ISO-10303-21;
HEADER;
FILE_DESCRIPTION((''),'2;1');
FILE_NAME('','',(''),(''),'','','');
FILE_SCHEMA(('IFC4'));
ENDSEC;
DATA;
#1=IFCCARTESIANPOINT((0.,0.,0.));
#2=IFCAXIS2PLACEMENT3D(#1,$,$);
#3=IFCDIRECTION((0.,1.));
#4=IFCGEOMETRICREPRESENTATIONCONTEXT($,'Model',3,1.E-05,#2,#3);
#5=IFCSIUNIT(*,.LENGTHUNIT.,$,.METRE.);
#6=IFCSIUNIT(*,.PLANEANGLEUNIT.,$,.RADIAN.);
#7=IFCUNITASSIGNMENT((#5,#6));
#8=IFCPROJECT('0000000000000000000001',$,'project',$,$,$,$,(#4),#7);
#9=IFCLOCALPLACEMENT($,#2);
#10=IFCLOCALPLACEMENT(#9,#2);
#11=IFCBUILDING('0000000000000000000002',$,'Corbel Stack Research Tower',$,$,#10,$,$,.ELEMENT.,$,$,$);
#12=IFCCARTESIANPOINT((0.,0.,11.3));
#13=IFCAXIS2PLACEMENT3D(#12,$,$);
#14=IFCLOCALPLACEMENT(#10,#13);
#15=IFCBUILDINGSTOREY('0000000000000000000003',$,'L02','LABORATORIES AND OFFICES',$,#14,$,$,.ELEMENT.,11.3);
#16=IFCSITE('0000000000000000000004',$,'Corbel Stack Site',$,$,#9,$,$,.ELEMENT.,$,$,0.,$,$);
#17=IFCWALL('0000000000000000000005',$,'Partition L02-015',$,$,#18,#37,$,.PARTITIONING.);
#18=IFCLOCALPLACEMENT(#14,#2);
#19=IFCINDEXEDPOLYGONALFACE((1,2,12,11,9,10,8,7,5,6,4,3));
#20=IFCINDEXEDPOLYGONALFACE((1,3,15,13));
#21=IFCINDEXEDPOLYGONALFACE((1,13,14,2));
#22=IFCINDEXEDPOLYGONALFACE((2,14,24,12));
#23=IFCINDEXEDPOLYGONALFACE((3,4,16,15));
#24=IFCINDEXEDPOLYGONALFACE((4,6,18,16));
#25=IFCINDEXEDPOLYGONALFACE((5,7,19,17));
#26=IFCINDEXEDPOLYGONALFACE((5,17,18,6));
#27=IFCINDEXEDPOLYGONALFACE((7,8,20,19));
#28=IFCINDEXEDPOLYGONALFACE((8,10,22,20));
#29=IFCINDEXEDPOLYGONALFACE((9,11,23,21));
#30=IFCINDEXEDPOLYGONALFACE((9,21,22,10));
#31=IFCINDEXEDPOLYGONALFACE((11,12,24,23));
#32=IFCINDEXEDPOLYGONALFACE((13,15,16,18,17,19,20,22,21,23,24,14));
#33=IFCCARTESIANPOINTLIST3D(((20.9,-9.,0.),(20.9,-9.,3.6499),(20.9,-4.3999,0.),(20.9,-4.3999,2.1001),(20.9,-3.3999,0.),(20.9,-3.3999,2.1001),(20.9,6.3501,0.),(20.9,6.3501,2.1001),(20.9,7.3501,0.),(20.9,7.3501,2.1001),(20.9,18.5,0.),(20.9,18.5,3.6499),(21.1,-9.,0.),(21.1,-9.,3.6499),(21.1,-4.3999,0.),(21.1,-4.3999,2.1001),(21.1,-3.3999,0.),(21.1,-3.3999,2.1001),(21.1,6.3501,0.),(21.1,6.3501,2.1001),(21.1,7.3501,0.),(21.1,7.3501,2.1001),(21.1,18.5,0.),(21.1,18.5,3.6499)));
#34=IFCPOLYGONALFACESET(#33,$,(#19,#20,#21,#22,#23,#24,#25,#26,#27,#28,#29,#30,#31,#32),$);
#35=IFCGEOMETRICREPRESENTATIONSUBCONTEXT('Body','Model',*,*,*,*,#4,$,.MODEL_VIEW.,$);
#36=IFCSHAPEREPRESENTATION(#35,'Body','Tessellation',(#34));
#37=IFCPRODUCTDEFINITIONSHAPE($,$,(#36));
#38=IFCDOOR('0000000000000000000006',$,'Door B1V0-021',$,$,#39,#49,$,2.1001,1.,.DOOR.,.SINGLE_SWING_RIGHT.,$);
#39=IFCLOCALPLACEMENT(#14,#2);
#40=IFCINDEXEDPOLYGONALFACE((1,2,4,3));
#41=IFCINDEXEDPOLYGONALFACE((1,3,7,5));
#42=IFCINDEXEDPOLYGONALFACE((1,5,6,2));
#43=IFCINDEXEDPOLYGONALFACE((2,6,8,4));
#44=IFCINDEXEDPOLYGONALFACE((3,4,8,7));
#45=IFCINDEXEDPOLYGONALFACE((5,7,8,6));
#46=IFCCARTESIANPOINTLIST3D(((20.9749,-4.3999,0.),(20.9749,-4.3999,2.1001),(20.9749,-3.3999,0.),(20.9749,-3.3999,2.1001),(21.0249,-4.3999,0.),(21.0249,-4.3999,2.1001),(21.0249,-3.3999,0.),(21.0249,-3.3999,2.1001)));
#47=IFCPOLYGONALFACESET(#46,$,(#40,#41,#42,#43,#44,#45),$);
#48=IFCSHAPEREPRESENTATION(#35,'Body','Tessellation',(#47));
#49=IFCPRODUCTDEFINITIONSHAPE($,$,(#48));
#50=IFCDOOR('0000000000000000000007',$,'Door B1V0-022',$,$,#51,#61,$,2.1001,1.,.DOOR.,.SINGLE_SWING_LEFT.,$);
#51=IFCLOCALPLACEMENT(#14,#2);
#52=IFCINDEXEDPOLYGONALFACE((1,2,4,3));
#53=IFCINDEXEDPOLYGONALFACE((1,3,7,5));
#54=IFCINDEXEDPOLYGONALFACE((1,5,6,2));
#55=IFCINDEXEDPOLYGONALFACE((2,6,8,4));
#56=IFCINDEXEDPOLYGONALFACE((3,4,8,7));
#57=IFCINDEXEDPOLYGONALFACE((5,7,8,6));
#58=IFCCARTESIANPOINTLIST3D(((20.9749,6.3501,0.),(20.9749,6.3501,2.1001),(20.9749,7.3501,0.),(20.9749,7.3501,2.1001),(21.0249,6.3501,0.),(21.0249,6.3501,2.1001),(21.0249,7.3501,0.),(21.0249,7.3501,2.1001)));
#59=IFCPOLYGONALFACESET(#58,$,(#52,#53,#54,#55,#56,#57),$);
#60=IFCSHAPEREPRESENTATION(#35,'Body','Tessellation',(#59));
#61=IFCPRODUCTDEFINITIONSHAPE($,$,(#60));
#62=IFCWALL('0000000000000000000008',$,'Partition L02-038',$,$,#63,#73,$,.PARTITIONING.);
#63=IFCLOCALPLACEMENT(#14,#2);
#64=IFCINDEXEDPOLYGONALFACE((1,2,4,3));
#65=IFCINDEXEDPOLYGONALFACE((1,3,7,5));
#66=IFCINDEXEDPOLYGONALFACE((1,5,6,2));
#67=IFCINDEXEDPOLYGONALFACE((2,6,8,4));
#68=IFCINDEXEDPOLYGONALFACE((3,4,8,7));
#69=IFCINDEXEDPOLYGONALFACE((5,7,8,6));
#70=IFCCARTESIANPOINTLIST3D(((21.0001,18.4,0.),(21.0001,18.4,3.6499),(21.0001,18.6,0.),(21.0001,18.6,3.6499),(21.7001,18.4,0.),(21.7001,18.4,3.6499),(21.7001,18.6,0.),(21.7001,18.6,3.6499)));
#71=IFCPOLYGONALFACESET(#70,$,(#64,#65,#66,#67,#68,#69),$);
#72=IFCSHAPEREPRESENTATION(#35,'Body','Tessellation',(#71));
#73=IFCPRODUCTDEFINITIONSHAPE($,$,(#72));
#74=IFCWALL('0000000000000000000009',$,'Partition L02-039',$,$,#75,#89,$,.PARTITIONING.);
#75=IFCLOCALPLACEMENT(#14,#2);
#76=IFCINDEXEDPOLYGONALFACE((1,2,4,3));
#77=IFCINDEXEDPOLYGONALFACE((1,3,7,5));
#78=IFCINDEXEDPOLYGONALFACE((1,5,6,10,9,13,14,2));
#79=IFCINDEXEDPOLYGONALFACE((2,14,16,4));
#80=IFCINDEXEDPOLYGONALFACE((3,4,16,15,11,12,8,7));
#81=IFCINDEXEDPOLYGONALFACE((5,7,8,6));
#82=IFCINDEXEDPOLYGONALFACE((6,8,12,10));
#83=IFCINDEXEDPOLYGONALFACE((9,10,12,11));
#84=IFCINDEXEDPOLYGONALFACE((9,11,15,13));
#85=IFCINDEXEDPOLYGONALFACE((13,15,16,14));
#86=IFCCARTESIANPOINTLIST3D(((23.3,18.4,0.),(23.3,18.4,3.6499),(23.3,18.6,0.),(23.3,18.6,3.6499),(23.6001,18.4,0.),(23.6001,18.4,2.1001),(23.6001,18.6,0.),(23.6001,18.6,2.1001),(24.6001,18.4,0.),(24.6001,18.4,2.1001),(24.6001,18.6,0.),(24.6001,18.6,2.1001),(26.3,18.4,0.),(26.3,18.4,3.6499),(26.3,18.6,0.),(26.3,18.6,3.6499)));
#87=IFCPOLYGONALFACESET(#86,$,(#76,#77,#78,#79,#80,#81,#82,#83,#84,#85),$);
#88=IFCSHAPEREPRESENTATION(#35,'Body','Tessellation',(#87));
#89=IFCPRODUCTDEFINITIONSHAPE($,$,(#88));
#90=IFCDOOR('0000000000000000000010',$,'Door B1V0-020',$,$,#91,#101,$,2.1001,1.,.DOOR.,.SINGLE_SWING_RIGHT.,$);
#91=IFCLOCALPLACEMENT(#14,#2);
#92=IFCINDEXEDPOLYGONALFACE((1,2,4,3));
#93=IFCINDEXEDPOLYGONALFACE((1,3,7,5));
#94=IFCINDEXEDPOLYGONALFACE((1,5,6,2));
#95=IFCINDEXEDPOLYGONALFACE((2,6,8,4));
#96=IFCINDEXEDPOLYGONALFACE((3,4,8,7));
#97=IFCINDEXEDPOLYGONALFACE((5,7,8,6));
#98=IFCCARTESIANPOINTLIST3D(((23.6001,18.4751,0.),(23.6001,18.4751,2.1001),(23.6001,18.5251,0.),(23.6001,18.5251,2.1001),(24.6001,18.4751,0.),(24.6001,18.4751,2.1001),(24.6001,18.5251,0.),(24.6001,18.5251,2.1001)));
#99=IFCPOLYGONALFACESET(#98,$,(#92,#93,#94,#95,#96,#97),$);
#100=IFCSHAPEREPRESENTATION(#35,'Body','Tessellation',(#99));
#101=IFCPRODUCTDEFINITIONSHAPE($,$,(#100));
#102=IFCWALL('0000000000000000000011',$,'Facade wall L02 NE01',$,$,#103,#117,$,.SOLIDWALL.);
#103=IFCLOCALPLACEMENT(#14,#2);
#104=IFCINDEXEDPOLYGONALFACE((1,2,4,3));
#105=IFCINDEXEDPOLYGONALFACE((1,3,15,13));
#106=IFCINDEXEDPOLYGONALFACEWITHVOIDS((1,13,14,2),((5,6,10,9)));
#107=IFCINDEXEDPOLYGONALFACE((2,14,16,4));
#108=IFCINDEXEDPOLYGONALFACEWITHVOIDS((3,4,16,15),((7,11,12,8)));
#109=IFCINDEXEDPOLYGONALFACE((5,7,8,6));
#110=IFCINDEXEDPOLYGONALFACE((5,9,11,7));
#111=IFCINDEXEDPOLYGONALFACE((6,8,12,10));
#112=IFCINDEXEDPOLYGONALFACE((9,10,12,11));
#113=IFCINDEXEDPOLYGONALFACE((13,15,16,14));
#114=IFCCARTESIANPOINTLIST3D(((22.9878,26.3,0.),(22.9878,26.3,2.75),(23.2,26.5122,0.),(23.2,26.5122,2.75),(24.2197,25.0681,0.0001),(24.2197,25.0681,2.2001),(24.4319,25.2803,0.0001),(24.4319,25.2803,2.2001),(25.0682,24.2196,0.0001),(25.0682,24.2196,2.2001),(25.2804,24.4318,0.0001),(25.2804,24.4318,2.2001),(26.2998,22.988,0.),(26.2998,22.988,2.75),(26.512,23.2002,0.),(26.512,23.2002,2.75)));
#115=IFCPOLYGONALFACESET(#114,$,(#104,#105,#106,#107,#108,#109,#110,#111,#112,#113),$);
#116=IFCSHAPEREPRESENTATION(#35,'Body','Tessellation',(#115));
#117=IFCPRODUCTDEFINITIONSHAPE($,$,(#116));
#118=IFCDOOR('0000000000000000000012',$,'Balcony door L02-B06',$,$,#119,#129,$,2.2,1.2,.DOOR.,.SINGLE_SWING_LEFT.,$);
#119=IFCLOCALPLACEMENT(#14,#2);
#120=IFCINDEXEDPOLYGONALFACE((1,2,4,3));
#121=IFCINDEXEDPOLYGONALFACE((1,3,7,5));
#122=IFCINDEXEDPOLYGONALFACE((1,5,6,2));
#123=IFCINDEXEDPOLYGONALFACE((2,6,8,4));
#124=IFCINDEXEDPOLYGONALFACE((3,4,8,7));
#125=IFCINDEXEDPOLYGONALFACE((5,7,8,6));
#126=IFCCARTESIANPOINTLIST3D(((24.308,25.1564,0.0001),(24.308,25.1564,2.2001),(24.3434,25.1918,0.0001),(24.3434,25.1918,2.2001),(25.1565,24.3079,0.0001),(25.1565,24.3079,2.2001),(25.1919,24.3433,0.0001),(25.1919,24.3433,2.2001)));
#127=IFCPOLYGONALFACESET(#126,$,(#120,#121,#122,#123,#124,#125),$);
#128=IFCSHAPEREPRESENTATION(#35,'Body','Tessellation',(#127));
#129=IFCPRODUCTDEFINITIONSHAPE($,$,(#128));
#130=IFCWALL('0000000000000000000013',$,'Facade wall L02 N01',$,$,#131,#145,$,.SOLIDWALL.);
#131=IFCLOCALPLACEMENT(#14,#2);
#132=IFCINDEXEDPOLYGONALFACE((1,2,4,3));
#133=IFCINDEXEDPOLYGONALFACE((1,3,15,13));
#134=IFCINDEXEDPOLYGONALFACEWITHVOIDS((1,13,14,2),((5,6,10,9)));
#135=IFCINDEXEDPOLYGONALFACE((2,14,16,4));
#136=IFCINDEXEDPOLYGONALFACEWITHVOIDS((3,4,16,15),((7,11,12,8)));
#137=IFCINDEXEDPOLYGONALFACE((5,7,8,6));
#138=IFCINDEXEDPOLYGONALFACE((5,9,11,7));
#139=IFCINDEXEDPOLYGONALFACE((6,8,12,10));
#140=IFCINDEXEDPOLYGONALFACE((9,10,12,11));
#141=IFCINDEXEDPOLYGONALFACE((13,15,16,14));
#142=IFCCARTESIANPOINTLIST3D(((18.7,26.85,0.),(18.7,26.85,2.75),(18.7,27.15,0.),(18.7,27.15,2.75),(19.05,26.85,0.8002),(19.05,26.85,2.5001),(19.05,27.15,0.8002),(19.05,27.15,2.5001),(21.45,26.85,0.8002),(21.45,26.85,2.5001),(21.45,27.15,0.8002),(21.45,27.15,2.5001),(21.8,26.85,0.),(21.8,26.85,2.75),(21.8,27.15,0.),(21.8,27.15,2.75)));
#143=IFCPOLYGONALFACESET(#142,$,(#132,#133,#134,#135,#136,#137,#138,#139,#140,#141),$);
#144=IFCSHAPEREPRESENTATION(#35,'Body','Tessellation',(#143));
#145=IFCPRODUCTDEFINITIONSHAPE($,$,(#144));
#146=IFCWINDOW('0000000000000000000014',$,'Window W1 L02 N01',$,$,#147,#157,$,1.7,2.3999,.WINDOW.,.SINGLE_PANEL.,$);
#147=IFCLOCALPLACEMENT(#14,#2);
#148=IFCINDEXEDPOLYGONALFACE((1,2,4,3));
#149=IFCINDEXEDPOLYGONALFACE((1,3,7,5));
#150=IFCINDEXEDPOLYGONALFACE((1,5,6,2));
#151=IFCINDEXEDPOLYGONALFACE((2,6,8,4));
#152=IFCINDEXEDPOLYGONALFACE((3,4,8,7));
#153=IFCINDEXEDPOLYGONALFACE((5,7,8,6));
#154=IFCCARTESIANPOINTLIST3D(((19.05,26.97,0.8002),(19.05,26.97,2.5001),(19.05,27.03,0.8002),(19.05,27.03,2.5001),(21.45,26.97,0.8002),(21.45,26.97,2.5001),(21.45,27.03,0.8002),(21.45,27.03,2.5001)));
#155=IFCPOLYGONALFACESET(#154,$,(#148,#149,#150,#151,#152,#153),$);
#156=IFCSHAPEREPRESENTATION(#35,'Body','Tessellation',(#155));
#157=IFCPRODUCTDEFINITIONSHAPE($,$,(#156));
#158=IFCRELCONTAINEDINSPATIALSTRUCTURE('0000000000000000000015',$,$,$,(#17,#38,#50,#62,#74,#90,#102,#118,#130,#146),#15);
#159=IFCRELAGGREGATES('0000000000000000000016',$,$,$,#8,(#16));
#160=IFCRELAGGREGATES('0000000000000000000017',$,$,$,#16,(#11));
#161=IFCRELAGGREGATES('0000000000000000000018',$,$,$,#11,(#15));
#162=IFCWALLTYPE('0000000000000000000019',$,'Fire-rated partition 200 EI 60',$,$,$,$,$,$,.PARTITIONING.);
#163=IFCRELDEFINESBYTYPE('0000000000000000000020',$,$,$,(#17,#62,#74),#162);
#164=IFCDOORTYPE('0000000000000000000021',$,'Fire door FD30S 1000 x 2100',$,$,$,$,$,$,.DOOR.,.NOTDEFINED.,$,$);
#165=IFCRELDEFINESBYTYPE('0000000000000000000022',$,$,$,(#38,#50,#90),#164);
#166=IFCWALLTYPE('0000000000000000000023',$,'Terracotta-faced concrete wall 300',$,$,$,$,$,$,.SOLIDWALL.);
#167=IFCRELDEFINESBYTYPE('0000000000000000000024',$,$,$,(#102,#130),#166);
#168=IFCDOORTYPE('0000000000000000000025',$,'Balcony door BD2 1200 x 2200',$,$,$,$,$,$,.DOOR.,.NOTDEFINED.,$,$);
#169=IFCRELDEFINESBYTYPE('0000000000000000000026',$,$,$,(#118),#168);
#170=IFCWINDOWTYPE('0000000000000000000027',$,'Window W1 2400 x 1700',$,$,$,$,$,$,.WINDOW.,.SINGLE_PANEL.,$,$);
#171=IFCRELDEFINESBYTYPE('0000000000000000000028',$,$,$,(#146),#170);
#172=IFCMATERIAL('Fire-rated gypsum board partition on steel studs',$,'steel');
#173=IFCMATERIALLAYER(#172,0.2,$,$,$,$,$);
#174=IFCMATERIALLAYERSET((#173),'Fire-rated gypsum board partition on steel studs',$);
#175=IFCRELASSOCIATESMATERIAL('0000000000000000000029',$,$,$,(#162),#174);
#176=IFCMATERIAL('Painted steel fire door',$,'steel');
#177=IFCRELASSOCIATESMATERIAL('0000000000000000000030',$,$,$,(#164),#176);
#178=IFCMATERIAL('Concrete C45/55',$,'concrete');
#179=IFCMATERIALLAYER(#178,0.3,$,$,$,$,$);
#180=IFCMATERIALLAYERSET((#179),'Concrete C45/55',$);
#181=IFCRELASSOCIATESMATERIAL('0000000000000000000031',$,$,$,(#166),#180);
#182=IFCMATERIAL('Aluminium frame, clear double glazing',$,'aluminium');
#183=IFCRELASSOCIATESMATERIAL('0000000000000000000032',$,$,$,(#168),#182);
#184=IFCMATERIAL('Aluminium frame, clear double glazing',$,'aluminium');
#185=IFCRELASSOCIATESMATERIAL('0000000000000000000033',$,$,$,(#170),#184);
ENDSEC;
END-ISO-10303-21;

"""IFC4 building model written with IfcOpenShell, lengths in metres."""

from ifc_helpers import new_model, si_unit, direction, frame, frame_2d, origin, place, context, subcontext, project, spatial, rectangle, extrude, material, layer, layer_set, type_object, element, fill, save


model = new_model("IFC4")

# Units and contexts
model_context = context("Model", 3, precision=1e-05, world=origin(), true_north=direction((0.0, 1.0)))
body_context = subcontext(model_context, "Body", "Model", "MODEL_VIEW")
ifc_project = project(units=[si_unit("LENGTHUNIT", "METRE"), si_unit("PLANEANGLEUNIT", "RADIAN")], contexts=[model_context])

# Site, building, storey
site_placement = place(None, origin())
site = spatial("IfcSite", under=ifc_project, at=site_placement, Name="Corbel Stack Site", CompositionType="ELEMENT", RefElevation=0.0)
building_placement = place(site_placement, origin())
building = spatial("IfcBuilding", under=site, at=building_placement, Name="Corbel Stack Research Tower", CompositionType="ELEMENT")
storey_placement = place(building_placement, frame((0.0, 0.0, 11.3)))
storey = spatial("IfcBuildingStorey", under=building, at=storey_placement, Name="L02", Description="LABORATORIES AND OFFICES", CompositionType="ELEMENT", Elevation=11.3)

# Shared definitions
ifc_material_1 = material(Name="Fire-rated gypsum board partition on steel studs", Category="steel")
ifc_layer_1 = layer(ifc_material_1, 0.2)
ifc_layer_set_1 = layer_set([ifc_layer_1], Name="Fire-rated gypsum board partition on steel studs")
wall_type_1 = type_object("IfcWallType", Name="Fire-rated partition 200 EI 60", PredefinedType="PARTITIONING", material=ifc_layer_set_1)

# Wall, openings, doors
wall_1_placement = place(storey_placement, frame((21.0, 18.5, 0.0), z_axis=(0.0, 0.0, 1.0), x_axis=(0.0, -1.0, 0.0)))
wall_1 = element("IfcWall", 1, at=wall_1_placement, inside=storey, type_object=wall_type_1, Name="Partition L02-015", PredefinedType="PARTITIONING", context=body_context, shape_type="SweptSolid", body=[
    extrude(rectangle(XDim=27.5, YDim=0.2, at=frame_2d((13.75, 0.0))), origin(), (0.0, 0.0, 1.0), 3.6499),
])
opening_1_placement = place(wall_1_placement, frame((21.8999, 0.0, 0.0)))
opening_1 = element("IfcOpeningElement", 2, at=opening_1_placement, cuts=wall_1, PredefinedType="OPENING", context=body_context, shape_type="SweptSolid", body=[
    extrude(rectangle(XDim=1.0, YDim=2.1001, at=frame_2d((0.5, 1.05))), frame((0.0, 0.1099, 0.0), z_axis=(0.0, -1.0, 0.0), x_axis=(1.0, 0.0, 0.0)), (0.0, 0.0, 1.0), 0.22),
])
opening_2_placement = place(wall_1_placement, frame((11.1499, 0.0, 0.0)))
opening_2 = element("IfcOpeningElement", 3, at=opening_2_placement, cuts=wall_1, PredefinedType="OPENING", context=body_context, shape_type="SweptSolid", body=[
    extrude(rectangle(XDim=1.0, YDim=2.1001, at=frame_2d((0.5, 1.05))), frame((0.0, 0.1099, 0.0), z_axis=(0.0, -1.0, 0.0), x_axis=(1.0, 0.0, 0.0)), (0.0, 0.0, 1.0), 0.22),
])
ifc_material_2 = material(Name="Painted steel fire door", Category="steel")
door_type_1 = type_object("IfcDoorType", Name="Fire door FD30S 1000 x 2100", OperationType="NOTDEFINED", PredefinedType="DOOR", material=ifc_material_2)
door_1_placement = place(opening_1_placement, origin())
door_1 = element("IfcDoor", 4, at=door_1_placement, inside=storey, type_object=door_type_1, Name="Door B1V0-021", OperationType="SINGLE_SWING_RIGHT", OverallHeight=2.1001, OverallWidth=1.0, PredefinedType="DOOR", context=body_context, shape_type="SweptSolid", body=[
    extrude(rectangle(XDim=1.0, YDim=2.1001, at=frame_2d((0.5, 1.05))), frame((0.0, 0.0249, 0.0), z_axis=(0.0, -1.0, 0.0), x_axis=(1.0, 0.0, 0.0)), (0.0, 0.0, 1.0), 0.05),
])
fill(opening_1, door_1)
door_2_placement = place(opening_2_placement, origin())
door_2 = element("IfcDoor", 5, at=door_2_placement, inside=storey, type_object=door_type_1, Name="Door B1V0-022", OperationType="SINGLE_SWING_LEFT", OverallHeight=2.1001, OverallWidth=1.0, PredefinedType="DOOR", context=body_context, shape_type="SweptSolid", body=[
    extrude(rectangle(XDim=1.0, YDim=2.1001, at=frame_2d((0.5, 1.05))), frame((0.0, 0.0249, 0.0), z_axis=(0.0, -1.0, 0.0), x_axis=(1.0, 0.0, 0.0)), (0.0, 0.0, 1.0), 0.05),
])
fill(opening_2, door_2)

# Wall
wall_2_placement = place(storey_placement, frame((21.0, 18.5, 0.0), z_axis=(0.0, 0.0, 1.0), x_axis=(1.0, 0.0, 0.0)))
element("IfcWall", 6, at=wall_2_placement, inside=storey, type_object=wall_type_1, Name="Partition L02-038", PredefinedType="PARTITIONING", context=body_context, shape_type="SweptSolid", body=[
    extrude(rectangle(XDim=0.7, YDim=0.2, at=frame_2d((0.3501, 0.0))), origin(), (0.0, 0.0, 1.0), 3.6499),
])

# Walls, openings, doors
wall_3_placement = place(storey_placement, frame((26.3, 18.5, 0.0), z_axis=(0.0, 0.0, 1.0), x_axis=(-1.0, 0.0, 0.0)))
wall_3 = element("IfcWall", 7, at=wall_3_placement, inside=storey, type_object=wall_type_1, Name="Partition L02-039", PredefinedType="PARTITIONING", context=body_context, shape_type="SweptSolid", body=[
    extrude(rectangle(XDim=3.0, YDim=0.2, at=frame_2d((1.5, 0.0))), origin(), (0.0, 0.0, 1.0), 3.6499),
])
opening_3_placement = place(wall_3_placement, frame((1.7, 0.0, 0.0)))
opening_3 = element("IfcOpeningElement", 8, at=opening_3_placement, cuts=wall_3, PredefinedType="OPENING", context=body_context, shape_type="SweptSolid", body=[
    extrude(rectangle(XDim=1.0, YDim=2.1001, at=frame_2d((0.5, 1.05))), frame((0.0, 0.1099, 0.0), z_axis=(0.0, -1.0, 0.0), x_axis=(1.0, 0.0, 0.0)), (0.0, 0.0, 1.0), 0.22),
])
door_3_placement = place(opening_3_placement, origin())
door_3 = element("IfcDoor", 9, at=door_3_placement, inside=storey, type_object=door_type_1, Name="Door B1V0-020", OperationType="SINGLE_SWING_RIGHT", OverallHeight=2.1001, OverallWidth=1.0, PredefinedType="DOOR", context=body_context, shape_type="SweptSolid", body=[
    extrude(rectangle(XDim=1.0, YDim=2.1001, at=frame_2d((0.5, 1.05))), frame((0.0, 0.0249, 0.0), z_axis=(0.0, -1.0, 0.0), x_axis=(1.0, 0.0, 0.0)), (0.0, 0.0, 1.0), 0.05),
])
fill(opening_3, door_3)
ifc_material_3 = material(Name="Concrete C45/55", Category="concrete")
ifc_layer_2 = layer(ifc_material_3, 0.3)
ifc_layer_set_2 = layer_set([ifc_layer_2], Name="Concrete C45/55")
wall_type_2 = type_object("IfcWallType", Name="Terracotta-faced concrete wall 300", PredefinedType="SOLIDWALL", material=ifc_layer_set_2)
wall_4_placement = place(storey_placement, frame((23.094, 26.406, 0.0), z_axis=(0.0, 0.0, 1.0), x_axis=(0.707107, -0.707107, 0.0)))
wall_4 = element("IfcWall", 10, at=wall_4_placement, inside=storey, type_object=wall_type_2, Name="Facade wall L02 NE01", PredefinedType="SOLIDWALL", context=body_context, shape_type="SweptSolid", body=[
    extrude(rectangle(XDim=4.6838, YDim=0.3, at=frame_2d((2.3418, 0.0))), origin(), (0.0, 0.0, 1.0), 2.75),
])
opening_4_placement = place(wall_4_placement, frame((1.7419, 0.0, 0.0)))
opening_4 = element("IfcOpeningElement", 11, at=opening_4_placement, cuts=wall_4, PredefinedType="OPENING", context=body_context, shape_type="SweptSolid", body=[
    extrude(rectangle(XDim=1.2, YDim=2.2, at=frame_2d((0.6001, 1.1001))), frame((0.0, 0.1599, 0.0), z_axis=(0.0, -1.0, 0.0), x_axis=(1.0, 0.0, 0.0)), (0.0, 0.0, 1.0), 0.3201),
])
ifc_material_4 = material(Name="Aluminium frame, clear double glazing", Category="aluminium")
door_type_2 = type_object("IfcDoorType", Name="Balcony door BD2 1200 x 2200", OperationType="NOTDEFINED", PredefinedType="DOOR", material=ifc_material_4)
door_4_placement = place(opening_4_placement, origin())
door_4 = element("IfcDoor", 12, at=door_4_placement, inside=storey, type_object=door_type_2, Name="Balcony door L02-B06", OperationType="SINGLE_SWING_LEFT", OverallHeight=2.2, OverallWidth=1.2, PredefinedType="DOOR", context=body_context, shape_type="SweptSolid", body=[
    extrude(rectangle(XDim=1.2, YDim=2.2, at=frame_2d((0.6001, 1.1001))), frame((0.0, 0.0249, 0.0), z_axis=(0.0, -1.0, 0.0), x_axis=(1.0, 0.0, 0.0)), (0.0, 0.0, 1.0), 0.05),
])
fill(opening_4, door_4)

# Wall, opening, window
wall_5_placement = place(storey_placement, frame((18.7, 27.0, 0.0), z_axis=(0.0, 0.0, 1.0), x_axis=(1.0, 0.0, 0.0)))
wall_5 = element("IfcWall", 13, at=wall_5_placement, inside=storey, type_object=wall_type_2, Name="Facade wall L02 N01", PredefinedType="SOLIDWALL", context=body_context, shape_type="SweptSolid", body=[
    extrude(rectangle(XDim=3.1001, YDim=0.3, at=frame_2d((1.55, 0.0))), origin(), (0.0, 0.0, 1.0), 2.75),
])
opening_5_placement = place(wall_5_placement, frame((0.3501, 0.0, 0.8)))
opening_5 = element("IfcOpeningElement", 14, at=opening_5_placement, cuts=wall_5, PredefinedType="OPENING", context=body_context, shape_type="SweptSolid", body=[
    extrude(rectangle(XDim=2.3999, YDim=1.7, at=frame_2d((1.2, 0.8501))), frame((0.0, 0.1599, 0.0), z_axis=(0.0, -1.0, 0.0), x_axis=(1.0, 0.0, 0.0)), (0.0, 0.0, 1.0), 0.3201),
])
ifc_material_5 = material(Name="Aluminium frame, clear double glazing", Category="aluminium")
window_type = type_object("IfcWindowType", Name="Window W1 2400 x 1700", PartitioningType="SINGLE_PANEL", PredefinedType="WINDOW", material=ifc_material_5)
window_1_placement = place(opening_5_placement, origin())
window_1 = element("IfcWindow", 15, at=window_1_placement, inside=storey, type_object=window_type, Name="Window W1 L02 N01", OverallHeight=1.7, OverallWidth=2.3999, PartitioningType="SINGLE_PANEL", PredefinedType="WINDOW", context=body_context, shape_type="SweptSolid", body=[
    extrude(rectangle(XDim=2.3999, YDim=1.7, at=frame_2d((1.2, 0.8501))), frame((0.0, 0.03, 0.0), z_axis=(0.0, -1.0, 0.0), x_axis=(1.0, 0.0, 0.0)), (0.0, 0.0, 1.0), 0.0601),
])
fill(opening_5, window_1)

save(model, "model.ifc")
